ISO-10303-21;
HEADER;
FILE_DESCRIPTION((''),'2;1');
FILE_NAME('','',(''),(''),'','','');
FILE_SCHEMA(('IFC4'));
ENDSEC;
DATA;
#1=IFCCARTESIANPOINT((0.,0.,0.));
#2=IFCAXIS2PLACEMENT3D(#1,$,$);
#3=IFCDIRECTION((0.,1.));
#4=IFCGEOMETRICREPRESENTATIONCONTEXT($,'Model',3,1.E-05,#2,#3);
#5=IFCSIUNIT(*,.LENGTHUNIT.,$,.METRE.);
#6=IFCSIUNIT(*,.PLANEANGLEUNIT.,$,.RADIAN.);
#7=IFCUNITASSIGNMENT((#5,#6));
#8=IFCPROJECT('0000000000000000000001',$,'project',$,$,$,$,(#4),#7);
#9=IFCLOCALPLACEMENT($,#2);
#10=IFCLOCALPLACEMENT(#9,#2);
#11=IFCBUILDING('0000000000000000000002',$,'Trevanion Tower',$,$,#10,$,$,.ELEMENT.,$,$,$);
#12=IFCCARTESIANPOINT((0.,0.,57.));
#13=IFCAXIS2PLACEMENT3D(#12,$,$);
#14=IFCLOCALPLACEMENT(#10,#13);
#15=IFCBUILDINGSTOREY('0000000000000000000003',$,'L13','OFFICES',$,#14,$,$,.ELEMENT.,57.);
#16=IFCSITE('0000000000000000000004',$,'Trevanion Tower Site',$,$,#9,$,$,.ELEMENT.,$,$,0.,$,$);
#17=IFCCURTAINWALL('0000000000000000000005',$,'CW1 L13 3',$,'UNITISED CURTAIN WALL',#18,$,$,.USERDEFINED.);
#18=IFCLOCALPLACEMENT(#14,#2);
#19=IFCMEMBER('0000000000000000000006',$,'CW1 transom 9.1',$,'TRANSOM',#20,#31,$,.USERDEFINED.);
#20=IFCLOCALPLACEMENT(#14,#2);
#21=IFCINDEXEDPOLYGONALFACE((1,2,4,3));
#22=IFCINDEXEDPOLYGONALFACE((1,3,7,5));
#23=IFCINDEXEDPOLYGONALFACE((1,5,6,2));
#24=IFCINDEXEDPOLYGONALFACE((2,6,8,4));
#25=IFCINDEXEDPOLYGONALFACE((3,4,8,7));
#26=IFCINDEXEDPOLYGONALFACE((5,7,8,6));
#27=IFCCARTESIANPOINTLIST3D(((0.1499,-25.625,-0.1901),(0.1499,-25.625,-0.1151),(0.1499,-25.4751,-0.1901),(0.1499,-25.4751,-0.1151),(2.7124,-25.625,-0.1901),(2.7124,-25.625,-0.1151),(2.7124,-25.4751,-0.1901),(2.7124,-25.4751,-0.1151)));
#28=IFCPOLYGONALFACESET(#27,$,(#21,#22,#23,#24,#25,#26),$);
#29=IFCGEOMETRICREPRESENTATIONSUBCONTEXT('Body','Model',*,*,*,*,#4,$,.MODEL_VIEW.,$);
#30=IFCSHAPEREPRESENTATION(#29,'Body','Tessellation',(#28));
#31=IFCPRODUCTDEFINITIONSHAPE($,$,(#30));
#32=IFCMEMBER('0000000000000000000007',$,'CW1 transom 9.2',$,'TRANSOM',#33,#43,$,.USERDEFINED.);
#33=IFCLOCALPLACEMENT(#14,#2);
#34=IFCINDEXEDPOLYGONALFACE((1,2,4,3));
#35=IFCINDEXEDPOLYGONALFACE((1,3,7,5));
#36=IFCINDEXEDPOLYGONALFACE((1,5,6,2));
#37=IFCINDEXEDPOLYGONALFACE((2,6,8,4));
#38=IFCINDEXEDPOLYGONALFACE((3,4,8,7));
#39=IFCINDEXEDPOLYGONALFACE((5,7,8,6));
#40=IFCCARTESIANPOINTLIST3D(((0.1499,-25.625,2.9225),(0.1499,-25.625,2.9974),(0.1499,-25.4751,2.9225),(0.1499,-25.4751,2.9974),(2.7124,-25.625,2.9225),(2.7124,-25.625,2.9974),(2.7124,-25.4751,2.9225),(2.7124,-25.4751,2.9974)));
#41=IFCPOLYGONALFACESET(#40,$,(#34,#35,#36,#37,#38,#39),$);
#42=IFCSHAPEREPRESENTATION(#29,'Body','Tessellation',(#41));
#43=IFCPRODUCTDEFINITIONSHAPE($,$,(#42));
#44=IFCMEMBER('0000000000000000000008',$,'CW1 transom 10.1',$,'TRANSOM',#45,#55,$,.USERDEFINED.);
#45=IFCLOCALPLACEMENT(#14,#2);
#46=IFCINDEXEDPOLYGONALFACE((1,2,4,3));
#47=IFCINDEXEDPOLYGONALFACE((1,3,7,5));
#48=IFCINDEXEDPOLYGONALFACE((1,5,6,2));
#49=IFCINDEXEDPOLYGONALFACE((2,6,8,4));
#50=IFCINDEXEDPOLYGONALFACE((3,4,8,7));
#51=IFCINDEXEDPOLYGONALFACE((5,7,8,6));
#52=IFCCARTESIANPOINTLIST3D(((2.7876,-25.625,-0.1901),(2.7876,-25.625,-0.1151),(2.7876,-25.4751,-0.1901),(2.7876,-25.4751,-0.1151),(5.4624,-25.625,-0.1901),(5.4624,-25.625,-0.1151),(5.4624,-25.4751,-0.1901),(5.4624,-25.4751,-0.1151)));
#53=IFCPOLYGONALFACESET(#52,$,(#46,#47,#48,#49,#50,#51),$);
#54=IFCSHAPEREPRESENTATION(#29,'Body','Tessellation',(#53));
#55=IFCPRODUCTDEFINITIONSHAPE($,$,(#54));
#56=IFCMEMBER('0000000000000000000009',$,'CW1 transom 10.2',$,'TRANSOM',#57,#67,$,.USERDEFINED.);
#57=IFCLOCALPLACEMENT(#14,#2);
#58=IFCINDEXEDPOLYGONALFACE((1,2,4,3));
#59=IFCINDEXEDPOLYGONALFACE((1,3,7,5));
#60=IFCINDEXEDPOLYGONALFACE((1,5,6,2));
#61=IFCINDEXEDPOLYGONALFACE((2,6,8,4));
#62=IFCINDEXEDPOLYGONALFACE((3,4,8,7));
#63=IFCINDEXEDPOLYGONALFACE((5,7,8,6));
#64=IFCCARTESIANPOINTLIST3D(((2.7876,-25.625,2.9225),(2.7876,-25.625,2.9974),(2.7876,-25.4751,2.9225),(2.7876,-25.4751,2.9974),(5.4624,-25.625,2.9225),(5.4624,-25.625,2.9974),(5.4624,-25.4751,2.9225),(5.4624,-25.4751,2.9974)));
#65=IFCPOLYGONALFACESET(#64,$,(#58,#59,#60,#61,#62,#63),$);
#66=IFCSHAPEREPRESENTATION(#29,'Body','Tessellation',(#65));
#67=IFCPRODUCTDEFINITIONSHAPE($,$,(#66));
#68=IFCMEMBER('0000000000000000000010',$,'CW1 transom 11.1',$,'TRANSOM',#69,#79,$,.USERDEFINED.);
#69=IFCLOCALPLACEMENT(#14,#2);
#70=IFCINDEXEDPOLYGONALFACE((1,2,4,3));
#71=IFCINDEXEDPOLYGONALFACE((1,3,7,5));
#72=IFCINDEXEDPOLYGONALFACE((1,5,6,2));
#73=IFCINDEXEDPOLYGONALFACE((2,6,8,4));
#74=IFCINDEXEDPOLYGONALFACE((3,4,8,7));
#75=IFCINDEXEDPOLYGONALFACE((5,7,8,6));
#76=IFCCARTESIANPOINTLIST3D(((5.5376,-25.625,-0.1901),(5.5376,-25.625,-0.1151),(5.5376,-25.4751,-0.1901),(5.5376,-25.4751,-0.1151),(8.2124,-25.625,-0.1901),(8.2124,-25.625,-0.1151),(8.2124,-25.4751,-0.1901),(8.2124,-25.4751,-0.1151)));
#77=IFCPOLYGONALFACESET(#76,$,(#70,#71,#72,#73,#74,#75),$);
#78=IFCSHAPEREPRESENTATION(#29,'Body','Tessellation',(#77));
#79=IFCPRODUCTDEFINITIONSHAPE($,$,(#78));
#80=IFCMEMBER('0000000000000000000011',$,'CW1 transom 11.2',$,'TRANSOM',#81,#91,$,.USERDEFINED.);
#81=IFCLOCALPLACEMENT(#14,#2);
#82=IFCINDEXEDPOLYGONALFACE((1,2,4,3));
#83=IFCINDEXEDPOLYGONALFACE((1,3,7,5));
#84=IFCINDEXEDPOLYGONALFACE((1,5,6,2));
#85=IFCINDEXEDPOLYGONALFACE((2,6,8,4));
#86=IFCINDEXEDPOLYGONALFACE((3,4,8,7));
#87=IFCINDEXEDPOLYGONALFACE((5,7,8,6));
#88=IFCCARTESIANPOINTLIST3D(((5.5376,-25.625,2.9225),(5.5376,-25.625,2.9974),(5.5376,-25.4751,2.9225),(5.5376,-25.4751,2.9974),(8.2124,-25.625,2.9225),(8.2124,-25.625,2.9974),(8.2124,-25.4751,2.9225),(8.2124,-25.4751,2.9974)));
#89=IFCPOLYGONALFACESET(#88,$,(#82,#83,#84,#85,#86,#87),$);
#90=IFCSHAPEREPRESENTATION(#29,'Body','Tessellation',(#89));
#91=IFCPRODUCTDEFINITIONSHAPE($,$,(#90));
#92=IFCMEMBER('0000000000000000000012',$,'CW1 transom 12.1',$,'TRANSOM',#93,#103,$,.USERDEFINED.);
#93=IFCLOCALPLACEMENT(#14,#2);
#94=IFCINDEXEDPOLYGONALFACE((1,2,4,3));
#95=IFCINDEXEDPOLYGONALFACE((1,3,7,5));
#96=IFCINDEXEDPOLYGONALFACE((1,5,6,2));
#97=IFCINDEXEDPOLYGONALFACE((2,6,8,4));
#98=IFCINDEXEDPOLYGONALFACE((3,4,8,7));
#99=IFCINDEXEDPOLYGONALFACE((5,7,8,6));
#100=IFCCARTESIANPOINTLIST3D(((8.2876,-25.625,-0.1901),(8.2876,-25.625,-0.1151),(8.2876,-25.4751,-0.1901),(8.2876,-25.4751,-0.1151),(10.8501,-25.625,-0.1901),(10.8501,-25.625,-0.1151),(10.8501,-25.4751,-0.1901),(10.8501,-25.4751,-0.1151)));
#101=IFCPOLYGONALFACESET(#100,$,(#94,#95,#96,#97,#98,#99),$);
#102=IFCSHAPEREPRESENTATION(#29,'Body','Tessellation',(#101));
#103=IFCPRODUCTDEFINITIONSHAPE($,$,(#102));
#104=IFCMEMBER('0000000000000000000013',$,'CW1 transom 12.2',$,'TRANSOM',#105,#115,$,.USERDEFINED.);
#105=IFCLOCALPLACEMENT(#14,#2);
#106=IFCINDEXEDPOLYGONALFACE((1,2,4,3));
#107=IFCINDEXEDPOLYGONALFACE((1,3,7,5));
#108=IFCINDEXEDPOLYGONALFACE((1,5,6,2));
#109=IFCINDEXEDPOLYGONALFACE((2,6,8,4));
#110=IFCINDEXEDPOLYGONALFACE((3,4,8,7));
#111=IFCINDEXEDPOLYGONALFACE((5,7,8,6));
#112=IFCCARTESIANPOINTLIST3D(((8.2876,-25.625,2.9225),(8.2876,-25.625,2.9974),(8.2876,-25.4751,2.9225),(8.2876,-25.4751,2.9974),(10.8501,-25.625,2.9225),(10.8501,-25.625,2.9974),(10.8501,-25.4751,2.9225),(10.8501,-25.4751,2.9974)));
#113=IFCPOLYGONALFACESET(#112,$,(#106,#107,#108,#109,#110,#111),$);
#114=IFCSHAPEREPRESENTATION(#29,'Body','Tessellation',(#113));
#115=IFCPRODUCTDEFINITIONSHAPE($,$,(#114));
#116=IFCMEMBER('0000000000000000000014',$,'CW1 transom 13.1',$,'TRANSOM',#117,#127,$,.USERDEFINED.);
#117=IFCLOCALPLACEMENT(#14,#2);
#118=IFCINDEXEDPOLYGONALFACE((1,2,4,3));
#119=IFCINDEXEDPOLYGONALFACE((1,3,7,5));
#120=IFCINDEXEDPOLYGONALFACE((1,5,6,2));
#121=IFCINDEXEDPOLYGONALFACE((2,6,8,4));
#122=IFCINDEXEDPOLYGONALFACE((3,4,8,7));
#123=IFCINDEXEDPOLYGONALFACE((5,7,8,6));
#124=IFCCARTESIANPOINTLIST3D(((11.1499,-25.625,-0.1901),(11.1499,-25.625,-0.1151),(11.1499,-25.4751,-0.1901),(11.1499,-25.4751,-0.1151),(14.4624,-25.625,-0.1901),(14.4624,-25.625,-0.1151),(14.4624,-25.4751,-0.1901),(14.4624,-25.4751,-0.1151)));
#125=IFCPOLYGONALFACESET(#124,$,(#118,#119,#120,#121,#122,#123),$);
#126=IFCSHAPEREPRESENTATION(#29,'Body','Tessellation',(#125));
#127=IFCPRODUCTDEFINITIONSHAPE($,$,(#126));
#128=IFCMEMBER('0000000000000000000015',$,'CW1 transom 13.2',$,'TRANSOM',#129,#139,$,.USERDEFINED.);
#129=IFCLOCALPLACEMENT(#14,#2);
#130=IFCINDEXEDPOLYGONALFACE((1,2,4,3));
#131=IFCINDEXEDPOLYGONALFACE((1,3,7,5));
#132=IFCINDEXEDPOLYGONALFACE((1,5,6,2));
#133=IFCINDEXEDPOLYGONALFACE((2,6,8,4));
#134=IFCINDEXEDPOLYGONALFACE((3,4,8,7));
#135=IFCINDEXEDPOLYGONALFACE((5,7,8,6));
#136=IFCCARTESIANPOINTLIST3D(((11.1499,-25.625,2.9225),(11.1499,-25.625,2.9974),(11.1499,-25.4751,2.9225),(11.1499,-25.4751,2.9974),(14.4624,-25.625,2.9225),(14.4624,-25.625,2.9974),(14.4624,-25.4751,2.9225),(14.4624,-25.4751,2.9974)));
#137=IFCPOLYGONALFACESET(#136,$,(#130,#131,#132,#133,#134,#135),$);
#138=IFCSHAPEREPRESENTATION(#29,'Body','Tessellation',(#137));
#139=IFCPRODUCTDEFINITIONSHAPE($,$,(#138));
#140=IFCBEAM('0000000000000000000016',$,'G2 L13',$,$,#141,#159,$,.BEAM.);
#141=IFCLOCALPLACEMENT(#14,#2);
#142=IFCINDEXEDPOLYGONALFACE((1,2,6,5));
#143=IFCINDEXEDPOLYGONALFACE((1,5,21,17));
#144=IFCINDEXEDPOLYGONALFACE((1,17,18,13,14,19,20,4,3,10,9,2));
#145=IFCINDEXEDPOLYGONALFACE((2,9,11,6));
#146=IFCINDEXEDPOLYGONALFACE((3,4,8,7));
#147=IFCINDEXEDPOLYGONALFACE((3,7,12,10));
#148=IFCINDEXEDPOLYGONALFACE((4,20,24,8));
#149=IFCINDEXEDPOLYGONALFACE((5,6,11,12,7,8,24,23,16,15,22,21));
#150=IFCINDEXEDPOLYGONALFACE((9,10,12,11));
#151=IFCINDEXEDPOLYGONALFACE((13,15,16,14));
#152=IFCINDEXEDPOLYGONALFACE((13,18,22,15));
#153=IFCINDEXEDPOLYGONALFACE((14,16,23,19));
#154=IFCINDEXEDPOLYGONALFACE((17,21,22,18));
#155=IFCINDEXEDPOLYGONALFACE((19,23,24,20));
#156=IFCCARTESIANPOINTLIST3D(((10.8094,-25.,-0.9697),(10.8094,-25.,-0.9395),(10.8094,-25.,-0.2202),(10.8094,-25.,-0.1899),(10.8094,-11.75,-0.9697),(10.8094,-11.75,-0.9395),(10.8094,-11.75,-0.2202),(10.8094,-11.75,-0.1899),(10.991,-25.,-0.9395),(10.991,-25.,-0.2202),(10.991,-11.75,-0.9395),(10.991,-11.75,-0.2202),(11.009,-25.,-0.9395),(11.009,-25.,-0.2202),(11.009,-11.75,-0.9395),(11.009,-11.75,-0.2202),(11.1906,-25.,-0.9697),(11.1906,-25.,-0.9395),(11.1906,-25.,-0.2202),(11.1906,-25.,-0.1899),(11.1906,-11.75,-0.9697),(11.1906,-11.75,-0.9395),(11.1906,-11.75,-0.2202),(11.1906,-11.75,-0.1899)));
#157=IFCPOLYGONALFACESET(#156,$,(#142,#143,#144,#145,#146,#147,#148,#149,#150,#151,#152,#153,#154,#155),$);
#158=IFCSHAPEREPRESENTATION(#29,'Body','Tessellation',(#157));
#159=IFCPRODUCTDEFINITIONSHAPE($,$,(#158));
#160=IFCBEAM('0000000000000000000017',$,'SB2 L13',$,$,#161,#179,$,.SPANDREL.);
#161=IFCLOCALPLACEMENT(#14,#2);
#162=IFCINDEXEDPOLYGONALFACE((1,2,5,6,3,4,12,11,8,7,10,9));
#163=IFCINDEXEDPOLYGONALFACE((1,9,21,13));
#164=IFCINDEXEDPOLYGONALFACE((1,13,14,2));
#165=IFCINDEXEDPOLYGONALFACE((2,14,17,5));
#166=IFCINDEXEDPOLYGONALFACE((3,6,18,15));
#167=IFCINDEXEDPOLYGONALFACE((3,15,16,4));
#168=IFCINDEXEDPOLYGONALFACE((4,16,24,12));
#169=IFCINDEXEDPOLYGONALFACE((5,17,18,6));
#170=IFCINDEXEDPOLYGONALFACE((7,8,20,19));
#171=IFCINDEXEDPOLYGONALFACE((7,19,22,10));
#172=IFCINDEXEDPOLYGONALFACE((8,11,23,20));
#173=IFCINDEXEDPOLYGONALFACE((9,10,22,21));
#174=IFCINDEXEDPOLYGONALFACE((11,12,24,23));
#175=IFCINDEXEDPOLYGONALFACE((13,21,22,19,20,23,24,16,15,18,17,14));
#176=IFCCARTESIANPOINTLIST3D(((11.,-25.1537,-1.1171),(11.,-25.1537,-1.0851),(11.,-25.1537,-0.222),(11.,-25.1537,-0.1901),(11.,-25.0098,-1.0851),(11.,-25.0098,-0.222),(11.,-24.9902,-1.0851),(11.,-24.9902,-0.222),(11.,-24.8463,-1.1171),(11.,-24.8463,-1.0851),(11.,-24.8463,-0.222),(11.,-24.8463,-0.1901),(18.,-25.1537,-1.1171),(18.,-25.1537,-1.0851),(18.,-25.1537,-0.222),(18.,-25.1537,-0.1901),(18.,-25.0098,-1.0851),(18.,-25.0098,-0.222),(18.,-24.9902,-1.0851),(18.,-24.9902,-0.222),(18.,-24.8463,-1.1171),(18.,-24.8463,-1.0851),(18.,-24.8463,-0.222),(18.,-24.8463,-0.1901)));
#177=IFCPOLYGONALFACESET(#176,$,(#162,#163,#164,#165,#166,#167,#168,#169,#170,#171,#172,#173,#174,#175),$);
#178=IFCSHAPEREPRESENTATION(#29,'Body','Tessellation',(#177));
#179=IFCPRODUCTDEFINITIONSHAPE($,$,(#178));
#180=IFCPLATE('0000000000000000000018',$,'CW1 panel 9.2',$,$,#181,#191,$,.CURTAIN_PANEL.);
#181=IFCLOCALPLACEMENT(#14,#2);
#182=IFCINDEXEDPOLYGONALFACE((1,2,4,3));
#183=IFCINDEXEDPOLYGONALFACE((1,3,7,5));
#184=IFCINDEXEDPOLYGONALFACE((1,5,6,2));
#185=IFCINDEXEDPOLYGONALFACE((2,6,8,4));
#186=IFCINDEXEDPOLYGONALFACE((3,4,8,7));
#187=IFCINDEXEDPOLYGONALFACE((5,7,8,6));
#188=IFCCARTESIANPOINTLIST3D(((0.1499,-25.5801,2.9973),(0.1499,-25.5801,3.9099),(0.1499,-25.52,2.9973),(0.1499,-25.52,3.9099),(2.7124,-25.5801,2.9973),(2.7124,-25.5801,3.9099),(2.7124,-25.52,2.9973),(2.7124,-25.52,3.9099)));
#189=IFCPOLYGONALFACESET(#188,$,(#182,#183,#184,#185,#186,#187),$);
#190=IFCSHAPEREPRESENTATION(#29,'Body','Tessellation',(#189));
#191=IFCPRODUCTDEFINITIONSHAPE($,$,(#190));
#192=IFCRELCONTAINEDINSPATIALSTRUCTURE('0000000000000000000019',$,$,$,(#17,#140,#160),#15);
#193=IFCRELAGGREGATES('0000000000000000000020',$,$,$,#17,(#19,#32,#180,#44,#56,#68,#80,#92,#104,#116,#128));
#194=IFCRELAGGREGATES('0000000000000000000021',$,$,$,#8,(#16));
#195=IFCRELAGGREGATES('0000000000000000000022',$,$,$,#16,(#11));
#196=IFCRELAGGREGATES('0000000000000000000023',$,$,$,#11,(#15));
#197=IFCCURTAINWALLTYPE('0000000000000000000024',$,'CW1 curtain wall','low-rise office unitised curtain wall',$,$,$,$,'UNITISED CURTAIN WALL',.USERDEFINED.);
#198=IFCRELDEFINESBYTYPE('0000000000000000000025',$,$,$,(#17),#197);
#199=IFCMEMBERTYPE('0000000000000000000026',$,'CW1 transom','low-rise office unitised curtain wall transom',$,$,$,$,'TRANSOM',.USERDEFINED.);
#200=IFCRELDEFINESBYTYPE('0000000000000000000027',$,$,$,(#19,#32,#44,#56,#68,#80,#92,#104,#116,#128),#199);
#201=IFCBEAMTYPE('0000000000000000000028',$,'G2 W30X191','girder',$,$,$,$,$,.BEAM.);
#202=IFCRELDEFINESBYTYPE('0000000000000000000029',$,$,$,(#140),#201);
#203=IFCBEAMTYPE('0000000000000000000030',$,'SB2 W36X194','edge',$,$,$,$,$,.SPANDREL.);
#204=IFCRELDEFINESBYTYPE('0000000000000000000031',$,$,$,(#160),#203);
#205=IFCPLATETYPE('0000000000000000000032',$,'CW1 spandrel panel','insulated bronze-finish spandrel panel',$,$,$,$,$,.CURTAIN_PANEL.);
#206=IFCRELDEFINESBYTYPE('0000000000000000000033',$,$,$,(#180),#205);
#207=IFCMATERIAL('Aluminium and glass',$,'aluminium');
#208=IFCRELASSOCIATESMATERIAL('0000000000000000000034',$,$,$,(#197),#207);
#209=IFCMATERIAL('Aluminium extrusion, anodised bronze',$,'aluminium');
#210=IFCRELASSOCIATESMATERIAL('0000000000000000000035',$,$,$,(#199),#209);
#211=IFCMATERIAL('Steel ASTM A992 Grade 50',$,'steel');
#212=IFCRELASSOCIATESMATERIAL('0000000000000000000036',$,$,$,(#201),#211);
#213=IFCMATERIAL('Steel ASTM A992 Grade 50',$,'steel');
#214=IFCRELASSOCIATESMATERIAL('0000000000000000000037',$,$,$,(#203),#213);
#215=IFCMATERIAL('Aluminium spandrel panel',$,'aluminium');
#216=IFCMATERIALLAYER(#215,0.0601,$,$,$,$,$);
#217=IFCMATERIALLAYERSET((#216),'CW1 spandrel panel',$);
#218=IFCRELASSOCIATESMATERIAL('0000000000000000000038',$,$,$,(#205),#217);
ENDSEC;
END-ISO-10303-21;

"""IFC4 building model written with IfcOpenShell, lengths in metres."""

from ifc_helpers import new_model, si_unit, direction, frame, origin, origin_2d, place, context, subcontext, project, spatial, rectangle, i_section, extrude, material, layer, layer_set, material_profile, profile_set, type_object, element, aggregate, save


model = new_model("IFC4")

# Units and contexts
model_context = context("Model", 3, precision=1e-05, world=origin(), true_north=direction((0.0, 1.0)))
body_context = subcontext(model_context, "Body", "Model", "MODEL_VIEW")
ifc_project = project(units=[si_unit("LENGTHUNIT", "METRE"), si_unit("PLANEANGLEUNIT", "RADIAN")], contexts=[model_context])

# Site, building, storey
site_placement = place(None, origin())
site = spatial("IfcSite", under=ifc_project, at=site_placement, Name="Trevanion Tower Site", CompositionType="ELEMENT", RefElevation=0.0)
building_placement = place(site_placement, origin())
building = spatial("IfcBuilding", under=site, at=building_placement, Name="Trevanion Tower", CompositionType="ELEMENT")
storey_placement = place(building_placement, frame((0.0, 0.0, 57.0)))
storey = spatial("IfcBuildingStorey", under=building, at=storey_placement, Name="L13", Description="OFFICES", CompositionType="ELEMENT", Elevation=57.0)

# Curtain wall, members
ifc_material_1 = material(Name="Aluminium and glass", Category="aluminium")
curtain_wall_type = type_object("IfcCurtainWallType", Name="CW1 curtain wall", Description="low-rise office unitised curtain wall", ElementType="UNITISED CURTAIN WALL", PredefinedType="USERDEFINED", material=ifc_material_1)
curtain_wall_placement = place(storey_placement, origin())
curtain_wall = element("IfcCurtainWall", 1, at=curtain_wall_placement, inside=storey, type_object=curtain_wall_type, Name="CW1 L13 3", ObjectType="UNITISED CURTAIN WALL", PredefinedType="USERDEFINED")
ifc_material_2 = material(Name="Aluminium extrusion, anodised bronze", Category="aluminium")
ifc_material_profile_1 = material_profile(ifc_material_2, rectangle(XDim=0.1499, YDim=0.075, at=origin_2d()), Name="CW1 transom")
ifc_profile_set_1 = profile_set([ifc_material_profile_1], Name="Aluminium extrusion, anodised bronze")
member_type_1 = type_object("IfcMemberType", Name="CW1 transom", Description="low-rise office unitised curtain wall transom", ElementType="TRANSOM", PredefinedType="USERDEFINED", material=ifc_profile_set_1)
member_1_placement = place(storey_placement, frame((0.1499, -25.55, -0.1526), z_axis=(1.0, 0.0, 0.0), x_axis=(0.0, 1.0, 0.0)))
member_1 = element("IfcMember", 2, at=member_1_placement, type_object=member_type_1, Name="CW1 transom 9.1", ObjectType="TRANSOM", PredefinedType="USERDEFINED", context=body_context, shape_type="SweptSolid", body=[
    extrude(rectangle(XDim=0.1499, YDim=0.075, at=origin_2d()), origin(), (0.0, 0.0, 1.0), 2.5625),
])
member_2_placement = place(storey_placement, frame((0.1499, -25.55, 2.96), z_axis=(1.0, 0.0, 0.0), x_axis=(0.0, 1.0, 0.0)))
member_2 = element("IfcMember", 3, at=member_2_placement, type_object=member_type_1, Name="CW1 transom 9.2", ObjectType="TRANSOM", PredefinedType="USERDEFINED", context=body_context, shape_type="SweptSolid", body=[
    extrude(rectangle(XDim=0.1499, YDim=0.075, at=origin_2d()), origin(), (0.0, 0.0, 1.0), 2.5625),
])
member_3_placement = place(storey_placement, frame((2.7876, -25.55, -0.1526), z_axis=(1.0, 0.0, 0.0), x_axis=(0.0, 1.0, 0.0)))
member_3 = element("IfcMember", 4, at=member_3_placement, type_object=member_type_1, Name="CW1 transom 10.1", ObjectType="TRANSOM", PredefinedType="USERDEFINED", context=body_context, shape_type="SweptSolid", body=[
    extrude(rectangle(XDim=0.1499, YDim=0.075, at=origin_2d()), origin(), (0.0, 0.0, 1.0), 2.6748),
])
member_4_placement = place(storey_placement, frame((2.7876, -25.55, 2.96), z_axis=(1.0, 0.0, 0.0), x_axis=(0.0, 1.0, 0.0)))
member_4 = element("IfcMember", 5, at=member_4_placement, type_object=member_type_1, Name="CW1 transom 10.2", ObjectType="TRANSOM", PredefinedType="USERDEFINED", context=body_context, shape_type="SweptSolid", body=[
    extrude(rectangle(XDim=0.1499, YDim=0.075, at=origin_2d()), origin(), (0.0, 0.0, 1.0), 2.6748),
])
member_5_placement = place(storey_placement, frame((5.5376, -25.55, -0.1526), z_axis=(1.0, 0.0, 0.0), x_axis=(0.0, 1.0, 0.0)))
member_5 = element("IfcMember", 6, at=member_5_placement, type_object=member_type_1, Name="CW1 transom 11.1", ObjectType="TRANSOM", PredefinedType="USERDEFINED", context=body_context, shape_type="SweptSolid", body=[
    extrude(rectangle(XDim=0.1499, YDim=0.075, at=origin_2d()), origin(), (0.0, 0.0, 1.0), 2.6748),
])
member_6_placement = place(storey_placement, frame((5.5376, -25.55, 2.96), z_axis=(1.0, 0.0, 0.0), x_axis=(0.0, 1.0, 0.0)))
member_6 = element("IfcMember", 7, at=member_6_placement, type_object=member_type_1, Name="CW1 transom 11.2", ObjectType="TRANSOM", PredefinedType="USERDEFINED", context=body_context, shape_type="SweptSolid", body=[
    extrude(rectangle(XDim=0.1499, YDim=0.075, at=origin_2d()), origin(), (0.0, 0.0, 1.0), 2.6748),
])
member_7_placement = place(storey_placement, frame((8.2876, -25.55, -0.1526), z_axis=(1.0, 0.0, 0.0), x_axis=(0.0, 1.0, 0.0)))
member_7 = element("IfcMember", 8, at=member_7_placement, type_object=member_type_1, Name="CW1 transom 12.1", ObjectType="TRANSOM", PredefinedType="USERDEFINED", context=body_context, shape_type="SweptSolid", body=[
    extrude(rectangle(XDim=0.1499, YDim=0.075, at=origin_2d()), origin(), (0.0, 0.0, 1.0), 2.5625),
])
member_8_placement = place(storey_placement, frame((8.2876, -25.55, 2.96), z_axis=(1.0, 0.0, 0.0), x_axis=(0.0, 1.0, 0.0)))
member_8 = element("IfcMember", 9, at=member_8_placement, type_object=member_type_1, Name="CW1 transom 12.2", ObjectType="TRANSOM", PredefinedType="USERDEFINED", context=body_context, shape_type="SweptSolid", body=[
    extrude(rectangle(XDim=0.1499, YDim=0.075, at=origin_2d()), origin(), (0.0, 0.0, 1.0), 2.5625),
])
member_9_placement = place(storey_placement, frame((11.1499, -25.55, -0.1526), z_axis=(1.0, 0.0, 0.0), x_axis=(0.0, 1.0, 0.0)))
member_9 = element("IfcMember", 10, at=member_9_placement, type_object=member_type_1, Name="CW1 transom 13.1", ObjectType="TRANSOM", PredefinedType="USERDEFINED", context=body_context, shape_type="SweptSolid", body=[
    extrude(rectangle(XDim=0.1499, YDim=0.075, at=origin_2d()), origin(), (0.0, 0.0, 1.0), 3.3125),
])
member_10_placement = place(storey_placement, frame((11.1499, -25.55, 2.96), z_axis=(1.0, 0.0, 0.0), x_axis=(0.0, 1.0, 0.0)))
member_10 = element("IfcMember", 11, at=member_10_placement, type_object=member_type_1, Name="CW1 transom 13.2", ObjectType="TRANSOM", PredefinedType="USERDEFINED", context=body_context, shape_type="SweptSolid", body=[
    extrude(rectangle(XDim=0.1499, YDim=0.075, at=origin_2d()), origin(), (0.0, 0.0, 1.0), 3.3125),
])

# Beams
ifc_material_3 = material(Name="Steel ASTM A992 Grade 50", Category="steel")
ifc_material_profile_2 = material_profile(ifc_material_3, i_section(OverallWidth=0.3811, OverallDepth=0.7798, WebThickness=0.0181, FlangeThickness=0.0303, at=origin_2d()), Name="W30X191")
ifc_profile_set_2 = profile_set([ifc_material_profile_2], Name="Steel ASTM A992 Grade 50")
beam_type_1 = type_object("IfcBeamType", Name="G2 W30X191", Description="girder", PredefinedType="BEAM", material=ifc_profile_set_2)
beam_1_placement = place(storey_placement, frame((11.0, -11.75, -0.5798), z_axis=(0.0, -1.0, 0.0), x_axis=(1.0, 0.0, 0.0)))
element("IfcBeam", 12, at=beam_1_placement, inside=storey, type_object=beam_type_1, Name="G2 L13", PredefinedType="BEAM", context=body_context, shape_type="SweptSolid", body=[
    extrude(i_section(OverallWidth=0.3811, OverallDepth=0.7798, WebThickness=0.0181, FlangeThickness=0.0303, at=origin_2d()), origin(), (0.0, 0.0, 1.0), 13.25),
])
ifc_material_4 = material(Name="Steel ASTM A992 Grade 50", Category="steel")
ifc_material_profile_3 = material_profile(ifc_material_4, i_section(OverallWidth=0.3074, OverallDepth=0.927, WebThickness=0.0195, FlangeThickness=0.032, at=origin_2d()), Name="W36X194")
ifc_profile_set_3 = profile_set([ifc_material_profile_3], Name="Steel ASTM A992 Grade 50")
beam_type_2 = type_object("IfcBeamType", Name="SB2 W36X194", Description="edge", PredefinedType="SPANDREL", material=ifc_profile_set_3)
beam_2_placement = place(storey_placement, frame((11.0, -25.0, -0.6536), z_axis=(1.0, 0.0, 0.0), x_axis=(0.0, 1.0, 0.0)))
element("IfcBeam", 13, at=beam_2_placement, inside=storey, type_object=beam_type_2, Name="SB2 L13", PredefinedType="SPANDREL", context=body_context, shape_type="SweptSolid", body=[
    extrude(i_section(OverallWidth=0.3074, OverallDepth=0.927, WebThickness=0.0195, FlangeThickness=0.032, at=origin_2d()), origin(), (0.0, 0.0, 1.0), 7.0),
])

# Plate
ifc_material_5 = material(Name="Aluminium spandrel panel", Category="aluminium")
ifc_layer_1 = layer(ifc_material_5, 0.0601)
ifc_layer_set_1 = layer_set([ifc_layer_1], Name="CW1 spandrel panel")
plate_type_1 = type_object("IfcPlateType", Name="CW1 spandrel panel", Description="insulated bronze-finish spandrel panel", PredefinedType="CURTAIN_PANEL", material=ifc_layer_set_1)
plate_1_placement = place(storey_placement, frame((1.4312, -25.55, 2.9973), z_axis=(0.0, 0.0, 1.0), x_axis=(1.0, 0.0, 0.0)))
plate_1 = element("IfcPlate", 14, at=plate_1_placement, type_object=plate_type_1, Name="CW1 panel 9.2", PredefinedType="CURTAIN_PANEL", context=body_context, shape_type="SweptSolid", body=[
    extrude(rectangle(XDim=2.5625, YDim=0.0601, at=origin_2d()), origin(), (0.0, 0.0, 1.0), 0.9126),
])
aggregate(curtain_wall, [member_1, member_2, plate_1, member_3, member_4, member_5, member_6, member_7, member_8, member_9, member_10])

save(model, "model.ifc")
